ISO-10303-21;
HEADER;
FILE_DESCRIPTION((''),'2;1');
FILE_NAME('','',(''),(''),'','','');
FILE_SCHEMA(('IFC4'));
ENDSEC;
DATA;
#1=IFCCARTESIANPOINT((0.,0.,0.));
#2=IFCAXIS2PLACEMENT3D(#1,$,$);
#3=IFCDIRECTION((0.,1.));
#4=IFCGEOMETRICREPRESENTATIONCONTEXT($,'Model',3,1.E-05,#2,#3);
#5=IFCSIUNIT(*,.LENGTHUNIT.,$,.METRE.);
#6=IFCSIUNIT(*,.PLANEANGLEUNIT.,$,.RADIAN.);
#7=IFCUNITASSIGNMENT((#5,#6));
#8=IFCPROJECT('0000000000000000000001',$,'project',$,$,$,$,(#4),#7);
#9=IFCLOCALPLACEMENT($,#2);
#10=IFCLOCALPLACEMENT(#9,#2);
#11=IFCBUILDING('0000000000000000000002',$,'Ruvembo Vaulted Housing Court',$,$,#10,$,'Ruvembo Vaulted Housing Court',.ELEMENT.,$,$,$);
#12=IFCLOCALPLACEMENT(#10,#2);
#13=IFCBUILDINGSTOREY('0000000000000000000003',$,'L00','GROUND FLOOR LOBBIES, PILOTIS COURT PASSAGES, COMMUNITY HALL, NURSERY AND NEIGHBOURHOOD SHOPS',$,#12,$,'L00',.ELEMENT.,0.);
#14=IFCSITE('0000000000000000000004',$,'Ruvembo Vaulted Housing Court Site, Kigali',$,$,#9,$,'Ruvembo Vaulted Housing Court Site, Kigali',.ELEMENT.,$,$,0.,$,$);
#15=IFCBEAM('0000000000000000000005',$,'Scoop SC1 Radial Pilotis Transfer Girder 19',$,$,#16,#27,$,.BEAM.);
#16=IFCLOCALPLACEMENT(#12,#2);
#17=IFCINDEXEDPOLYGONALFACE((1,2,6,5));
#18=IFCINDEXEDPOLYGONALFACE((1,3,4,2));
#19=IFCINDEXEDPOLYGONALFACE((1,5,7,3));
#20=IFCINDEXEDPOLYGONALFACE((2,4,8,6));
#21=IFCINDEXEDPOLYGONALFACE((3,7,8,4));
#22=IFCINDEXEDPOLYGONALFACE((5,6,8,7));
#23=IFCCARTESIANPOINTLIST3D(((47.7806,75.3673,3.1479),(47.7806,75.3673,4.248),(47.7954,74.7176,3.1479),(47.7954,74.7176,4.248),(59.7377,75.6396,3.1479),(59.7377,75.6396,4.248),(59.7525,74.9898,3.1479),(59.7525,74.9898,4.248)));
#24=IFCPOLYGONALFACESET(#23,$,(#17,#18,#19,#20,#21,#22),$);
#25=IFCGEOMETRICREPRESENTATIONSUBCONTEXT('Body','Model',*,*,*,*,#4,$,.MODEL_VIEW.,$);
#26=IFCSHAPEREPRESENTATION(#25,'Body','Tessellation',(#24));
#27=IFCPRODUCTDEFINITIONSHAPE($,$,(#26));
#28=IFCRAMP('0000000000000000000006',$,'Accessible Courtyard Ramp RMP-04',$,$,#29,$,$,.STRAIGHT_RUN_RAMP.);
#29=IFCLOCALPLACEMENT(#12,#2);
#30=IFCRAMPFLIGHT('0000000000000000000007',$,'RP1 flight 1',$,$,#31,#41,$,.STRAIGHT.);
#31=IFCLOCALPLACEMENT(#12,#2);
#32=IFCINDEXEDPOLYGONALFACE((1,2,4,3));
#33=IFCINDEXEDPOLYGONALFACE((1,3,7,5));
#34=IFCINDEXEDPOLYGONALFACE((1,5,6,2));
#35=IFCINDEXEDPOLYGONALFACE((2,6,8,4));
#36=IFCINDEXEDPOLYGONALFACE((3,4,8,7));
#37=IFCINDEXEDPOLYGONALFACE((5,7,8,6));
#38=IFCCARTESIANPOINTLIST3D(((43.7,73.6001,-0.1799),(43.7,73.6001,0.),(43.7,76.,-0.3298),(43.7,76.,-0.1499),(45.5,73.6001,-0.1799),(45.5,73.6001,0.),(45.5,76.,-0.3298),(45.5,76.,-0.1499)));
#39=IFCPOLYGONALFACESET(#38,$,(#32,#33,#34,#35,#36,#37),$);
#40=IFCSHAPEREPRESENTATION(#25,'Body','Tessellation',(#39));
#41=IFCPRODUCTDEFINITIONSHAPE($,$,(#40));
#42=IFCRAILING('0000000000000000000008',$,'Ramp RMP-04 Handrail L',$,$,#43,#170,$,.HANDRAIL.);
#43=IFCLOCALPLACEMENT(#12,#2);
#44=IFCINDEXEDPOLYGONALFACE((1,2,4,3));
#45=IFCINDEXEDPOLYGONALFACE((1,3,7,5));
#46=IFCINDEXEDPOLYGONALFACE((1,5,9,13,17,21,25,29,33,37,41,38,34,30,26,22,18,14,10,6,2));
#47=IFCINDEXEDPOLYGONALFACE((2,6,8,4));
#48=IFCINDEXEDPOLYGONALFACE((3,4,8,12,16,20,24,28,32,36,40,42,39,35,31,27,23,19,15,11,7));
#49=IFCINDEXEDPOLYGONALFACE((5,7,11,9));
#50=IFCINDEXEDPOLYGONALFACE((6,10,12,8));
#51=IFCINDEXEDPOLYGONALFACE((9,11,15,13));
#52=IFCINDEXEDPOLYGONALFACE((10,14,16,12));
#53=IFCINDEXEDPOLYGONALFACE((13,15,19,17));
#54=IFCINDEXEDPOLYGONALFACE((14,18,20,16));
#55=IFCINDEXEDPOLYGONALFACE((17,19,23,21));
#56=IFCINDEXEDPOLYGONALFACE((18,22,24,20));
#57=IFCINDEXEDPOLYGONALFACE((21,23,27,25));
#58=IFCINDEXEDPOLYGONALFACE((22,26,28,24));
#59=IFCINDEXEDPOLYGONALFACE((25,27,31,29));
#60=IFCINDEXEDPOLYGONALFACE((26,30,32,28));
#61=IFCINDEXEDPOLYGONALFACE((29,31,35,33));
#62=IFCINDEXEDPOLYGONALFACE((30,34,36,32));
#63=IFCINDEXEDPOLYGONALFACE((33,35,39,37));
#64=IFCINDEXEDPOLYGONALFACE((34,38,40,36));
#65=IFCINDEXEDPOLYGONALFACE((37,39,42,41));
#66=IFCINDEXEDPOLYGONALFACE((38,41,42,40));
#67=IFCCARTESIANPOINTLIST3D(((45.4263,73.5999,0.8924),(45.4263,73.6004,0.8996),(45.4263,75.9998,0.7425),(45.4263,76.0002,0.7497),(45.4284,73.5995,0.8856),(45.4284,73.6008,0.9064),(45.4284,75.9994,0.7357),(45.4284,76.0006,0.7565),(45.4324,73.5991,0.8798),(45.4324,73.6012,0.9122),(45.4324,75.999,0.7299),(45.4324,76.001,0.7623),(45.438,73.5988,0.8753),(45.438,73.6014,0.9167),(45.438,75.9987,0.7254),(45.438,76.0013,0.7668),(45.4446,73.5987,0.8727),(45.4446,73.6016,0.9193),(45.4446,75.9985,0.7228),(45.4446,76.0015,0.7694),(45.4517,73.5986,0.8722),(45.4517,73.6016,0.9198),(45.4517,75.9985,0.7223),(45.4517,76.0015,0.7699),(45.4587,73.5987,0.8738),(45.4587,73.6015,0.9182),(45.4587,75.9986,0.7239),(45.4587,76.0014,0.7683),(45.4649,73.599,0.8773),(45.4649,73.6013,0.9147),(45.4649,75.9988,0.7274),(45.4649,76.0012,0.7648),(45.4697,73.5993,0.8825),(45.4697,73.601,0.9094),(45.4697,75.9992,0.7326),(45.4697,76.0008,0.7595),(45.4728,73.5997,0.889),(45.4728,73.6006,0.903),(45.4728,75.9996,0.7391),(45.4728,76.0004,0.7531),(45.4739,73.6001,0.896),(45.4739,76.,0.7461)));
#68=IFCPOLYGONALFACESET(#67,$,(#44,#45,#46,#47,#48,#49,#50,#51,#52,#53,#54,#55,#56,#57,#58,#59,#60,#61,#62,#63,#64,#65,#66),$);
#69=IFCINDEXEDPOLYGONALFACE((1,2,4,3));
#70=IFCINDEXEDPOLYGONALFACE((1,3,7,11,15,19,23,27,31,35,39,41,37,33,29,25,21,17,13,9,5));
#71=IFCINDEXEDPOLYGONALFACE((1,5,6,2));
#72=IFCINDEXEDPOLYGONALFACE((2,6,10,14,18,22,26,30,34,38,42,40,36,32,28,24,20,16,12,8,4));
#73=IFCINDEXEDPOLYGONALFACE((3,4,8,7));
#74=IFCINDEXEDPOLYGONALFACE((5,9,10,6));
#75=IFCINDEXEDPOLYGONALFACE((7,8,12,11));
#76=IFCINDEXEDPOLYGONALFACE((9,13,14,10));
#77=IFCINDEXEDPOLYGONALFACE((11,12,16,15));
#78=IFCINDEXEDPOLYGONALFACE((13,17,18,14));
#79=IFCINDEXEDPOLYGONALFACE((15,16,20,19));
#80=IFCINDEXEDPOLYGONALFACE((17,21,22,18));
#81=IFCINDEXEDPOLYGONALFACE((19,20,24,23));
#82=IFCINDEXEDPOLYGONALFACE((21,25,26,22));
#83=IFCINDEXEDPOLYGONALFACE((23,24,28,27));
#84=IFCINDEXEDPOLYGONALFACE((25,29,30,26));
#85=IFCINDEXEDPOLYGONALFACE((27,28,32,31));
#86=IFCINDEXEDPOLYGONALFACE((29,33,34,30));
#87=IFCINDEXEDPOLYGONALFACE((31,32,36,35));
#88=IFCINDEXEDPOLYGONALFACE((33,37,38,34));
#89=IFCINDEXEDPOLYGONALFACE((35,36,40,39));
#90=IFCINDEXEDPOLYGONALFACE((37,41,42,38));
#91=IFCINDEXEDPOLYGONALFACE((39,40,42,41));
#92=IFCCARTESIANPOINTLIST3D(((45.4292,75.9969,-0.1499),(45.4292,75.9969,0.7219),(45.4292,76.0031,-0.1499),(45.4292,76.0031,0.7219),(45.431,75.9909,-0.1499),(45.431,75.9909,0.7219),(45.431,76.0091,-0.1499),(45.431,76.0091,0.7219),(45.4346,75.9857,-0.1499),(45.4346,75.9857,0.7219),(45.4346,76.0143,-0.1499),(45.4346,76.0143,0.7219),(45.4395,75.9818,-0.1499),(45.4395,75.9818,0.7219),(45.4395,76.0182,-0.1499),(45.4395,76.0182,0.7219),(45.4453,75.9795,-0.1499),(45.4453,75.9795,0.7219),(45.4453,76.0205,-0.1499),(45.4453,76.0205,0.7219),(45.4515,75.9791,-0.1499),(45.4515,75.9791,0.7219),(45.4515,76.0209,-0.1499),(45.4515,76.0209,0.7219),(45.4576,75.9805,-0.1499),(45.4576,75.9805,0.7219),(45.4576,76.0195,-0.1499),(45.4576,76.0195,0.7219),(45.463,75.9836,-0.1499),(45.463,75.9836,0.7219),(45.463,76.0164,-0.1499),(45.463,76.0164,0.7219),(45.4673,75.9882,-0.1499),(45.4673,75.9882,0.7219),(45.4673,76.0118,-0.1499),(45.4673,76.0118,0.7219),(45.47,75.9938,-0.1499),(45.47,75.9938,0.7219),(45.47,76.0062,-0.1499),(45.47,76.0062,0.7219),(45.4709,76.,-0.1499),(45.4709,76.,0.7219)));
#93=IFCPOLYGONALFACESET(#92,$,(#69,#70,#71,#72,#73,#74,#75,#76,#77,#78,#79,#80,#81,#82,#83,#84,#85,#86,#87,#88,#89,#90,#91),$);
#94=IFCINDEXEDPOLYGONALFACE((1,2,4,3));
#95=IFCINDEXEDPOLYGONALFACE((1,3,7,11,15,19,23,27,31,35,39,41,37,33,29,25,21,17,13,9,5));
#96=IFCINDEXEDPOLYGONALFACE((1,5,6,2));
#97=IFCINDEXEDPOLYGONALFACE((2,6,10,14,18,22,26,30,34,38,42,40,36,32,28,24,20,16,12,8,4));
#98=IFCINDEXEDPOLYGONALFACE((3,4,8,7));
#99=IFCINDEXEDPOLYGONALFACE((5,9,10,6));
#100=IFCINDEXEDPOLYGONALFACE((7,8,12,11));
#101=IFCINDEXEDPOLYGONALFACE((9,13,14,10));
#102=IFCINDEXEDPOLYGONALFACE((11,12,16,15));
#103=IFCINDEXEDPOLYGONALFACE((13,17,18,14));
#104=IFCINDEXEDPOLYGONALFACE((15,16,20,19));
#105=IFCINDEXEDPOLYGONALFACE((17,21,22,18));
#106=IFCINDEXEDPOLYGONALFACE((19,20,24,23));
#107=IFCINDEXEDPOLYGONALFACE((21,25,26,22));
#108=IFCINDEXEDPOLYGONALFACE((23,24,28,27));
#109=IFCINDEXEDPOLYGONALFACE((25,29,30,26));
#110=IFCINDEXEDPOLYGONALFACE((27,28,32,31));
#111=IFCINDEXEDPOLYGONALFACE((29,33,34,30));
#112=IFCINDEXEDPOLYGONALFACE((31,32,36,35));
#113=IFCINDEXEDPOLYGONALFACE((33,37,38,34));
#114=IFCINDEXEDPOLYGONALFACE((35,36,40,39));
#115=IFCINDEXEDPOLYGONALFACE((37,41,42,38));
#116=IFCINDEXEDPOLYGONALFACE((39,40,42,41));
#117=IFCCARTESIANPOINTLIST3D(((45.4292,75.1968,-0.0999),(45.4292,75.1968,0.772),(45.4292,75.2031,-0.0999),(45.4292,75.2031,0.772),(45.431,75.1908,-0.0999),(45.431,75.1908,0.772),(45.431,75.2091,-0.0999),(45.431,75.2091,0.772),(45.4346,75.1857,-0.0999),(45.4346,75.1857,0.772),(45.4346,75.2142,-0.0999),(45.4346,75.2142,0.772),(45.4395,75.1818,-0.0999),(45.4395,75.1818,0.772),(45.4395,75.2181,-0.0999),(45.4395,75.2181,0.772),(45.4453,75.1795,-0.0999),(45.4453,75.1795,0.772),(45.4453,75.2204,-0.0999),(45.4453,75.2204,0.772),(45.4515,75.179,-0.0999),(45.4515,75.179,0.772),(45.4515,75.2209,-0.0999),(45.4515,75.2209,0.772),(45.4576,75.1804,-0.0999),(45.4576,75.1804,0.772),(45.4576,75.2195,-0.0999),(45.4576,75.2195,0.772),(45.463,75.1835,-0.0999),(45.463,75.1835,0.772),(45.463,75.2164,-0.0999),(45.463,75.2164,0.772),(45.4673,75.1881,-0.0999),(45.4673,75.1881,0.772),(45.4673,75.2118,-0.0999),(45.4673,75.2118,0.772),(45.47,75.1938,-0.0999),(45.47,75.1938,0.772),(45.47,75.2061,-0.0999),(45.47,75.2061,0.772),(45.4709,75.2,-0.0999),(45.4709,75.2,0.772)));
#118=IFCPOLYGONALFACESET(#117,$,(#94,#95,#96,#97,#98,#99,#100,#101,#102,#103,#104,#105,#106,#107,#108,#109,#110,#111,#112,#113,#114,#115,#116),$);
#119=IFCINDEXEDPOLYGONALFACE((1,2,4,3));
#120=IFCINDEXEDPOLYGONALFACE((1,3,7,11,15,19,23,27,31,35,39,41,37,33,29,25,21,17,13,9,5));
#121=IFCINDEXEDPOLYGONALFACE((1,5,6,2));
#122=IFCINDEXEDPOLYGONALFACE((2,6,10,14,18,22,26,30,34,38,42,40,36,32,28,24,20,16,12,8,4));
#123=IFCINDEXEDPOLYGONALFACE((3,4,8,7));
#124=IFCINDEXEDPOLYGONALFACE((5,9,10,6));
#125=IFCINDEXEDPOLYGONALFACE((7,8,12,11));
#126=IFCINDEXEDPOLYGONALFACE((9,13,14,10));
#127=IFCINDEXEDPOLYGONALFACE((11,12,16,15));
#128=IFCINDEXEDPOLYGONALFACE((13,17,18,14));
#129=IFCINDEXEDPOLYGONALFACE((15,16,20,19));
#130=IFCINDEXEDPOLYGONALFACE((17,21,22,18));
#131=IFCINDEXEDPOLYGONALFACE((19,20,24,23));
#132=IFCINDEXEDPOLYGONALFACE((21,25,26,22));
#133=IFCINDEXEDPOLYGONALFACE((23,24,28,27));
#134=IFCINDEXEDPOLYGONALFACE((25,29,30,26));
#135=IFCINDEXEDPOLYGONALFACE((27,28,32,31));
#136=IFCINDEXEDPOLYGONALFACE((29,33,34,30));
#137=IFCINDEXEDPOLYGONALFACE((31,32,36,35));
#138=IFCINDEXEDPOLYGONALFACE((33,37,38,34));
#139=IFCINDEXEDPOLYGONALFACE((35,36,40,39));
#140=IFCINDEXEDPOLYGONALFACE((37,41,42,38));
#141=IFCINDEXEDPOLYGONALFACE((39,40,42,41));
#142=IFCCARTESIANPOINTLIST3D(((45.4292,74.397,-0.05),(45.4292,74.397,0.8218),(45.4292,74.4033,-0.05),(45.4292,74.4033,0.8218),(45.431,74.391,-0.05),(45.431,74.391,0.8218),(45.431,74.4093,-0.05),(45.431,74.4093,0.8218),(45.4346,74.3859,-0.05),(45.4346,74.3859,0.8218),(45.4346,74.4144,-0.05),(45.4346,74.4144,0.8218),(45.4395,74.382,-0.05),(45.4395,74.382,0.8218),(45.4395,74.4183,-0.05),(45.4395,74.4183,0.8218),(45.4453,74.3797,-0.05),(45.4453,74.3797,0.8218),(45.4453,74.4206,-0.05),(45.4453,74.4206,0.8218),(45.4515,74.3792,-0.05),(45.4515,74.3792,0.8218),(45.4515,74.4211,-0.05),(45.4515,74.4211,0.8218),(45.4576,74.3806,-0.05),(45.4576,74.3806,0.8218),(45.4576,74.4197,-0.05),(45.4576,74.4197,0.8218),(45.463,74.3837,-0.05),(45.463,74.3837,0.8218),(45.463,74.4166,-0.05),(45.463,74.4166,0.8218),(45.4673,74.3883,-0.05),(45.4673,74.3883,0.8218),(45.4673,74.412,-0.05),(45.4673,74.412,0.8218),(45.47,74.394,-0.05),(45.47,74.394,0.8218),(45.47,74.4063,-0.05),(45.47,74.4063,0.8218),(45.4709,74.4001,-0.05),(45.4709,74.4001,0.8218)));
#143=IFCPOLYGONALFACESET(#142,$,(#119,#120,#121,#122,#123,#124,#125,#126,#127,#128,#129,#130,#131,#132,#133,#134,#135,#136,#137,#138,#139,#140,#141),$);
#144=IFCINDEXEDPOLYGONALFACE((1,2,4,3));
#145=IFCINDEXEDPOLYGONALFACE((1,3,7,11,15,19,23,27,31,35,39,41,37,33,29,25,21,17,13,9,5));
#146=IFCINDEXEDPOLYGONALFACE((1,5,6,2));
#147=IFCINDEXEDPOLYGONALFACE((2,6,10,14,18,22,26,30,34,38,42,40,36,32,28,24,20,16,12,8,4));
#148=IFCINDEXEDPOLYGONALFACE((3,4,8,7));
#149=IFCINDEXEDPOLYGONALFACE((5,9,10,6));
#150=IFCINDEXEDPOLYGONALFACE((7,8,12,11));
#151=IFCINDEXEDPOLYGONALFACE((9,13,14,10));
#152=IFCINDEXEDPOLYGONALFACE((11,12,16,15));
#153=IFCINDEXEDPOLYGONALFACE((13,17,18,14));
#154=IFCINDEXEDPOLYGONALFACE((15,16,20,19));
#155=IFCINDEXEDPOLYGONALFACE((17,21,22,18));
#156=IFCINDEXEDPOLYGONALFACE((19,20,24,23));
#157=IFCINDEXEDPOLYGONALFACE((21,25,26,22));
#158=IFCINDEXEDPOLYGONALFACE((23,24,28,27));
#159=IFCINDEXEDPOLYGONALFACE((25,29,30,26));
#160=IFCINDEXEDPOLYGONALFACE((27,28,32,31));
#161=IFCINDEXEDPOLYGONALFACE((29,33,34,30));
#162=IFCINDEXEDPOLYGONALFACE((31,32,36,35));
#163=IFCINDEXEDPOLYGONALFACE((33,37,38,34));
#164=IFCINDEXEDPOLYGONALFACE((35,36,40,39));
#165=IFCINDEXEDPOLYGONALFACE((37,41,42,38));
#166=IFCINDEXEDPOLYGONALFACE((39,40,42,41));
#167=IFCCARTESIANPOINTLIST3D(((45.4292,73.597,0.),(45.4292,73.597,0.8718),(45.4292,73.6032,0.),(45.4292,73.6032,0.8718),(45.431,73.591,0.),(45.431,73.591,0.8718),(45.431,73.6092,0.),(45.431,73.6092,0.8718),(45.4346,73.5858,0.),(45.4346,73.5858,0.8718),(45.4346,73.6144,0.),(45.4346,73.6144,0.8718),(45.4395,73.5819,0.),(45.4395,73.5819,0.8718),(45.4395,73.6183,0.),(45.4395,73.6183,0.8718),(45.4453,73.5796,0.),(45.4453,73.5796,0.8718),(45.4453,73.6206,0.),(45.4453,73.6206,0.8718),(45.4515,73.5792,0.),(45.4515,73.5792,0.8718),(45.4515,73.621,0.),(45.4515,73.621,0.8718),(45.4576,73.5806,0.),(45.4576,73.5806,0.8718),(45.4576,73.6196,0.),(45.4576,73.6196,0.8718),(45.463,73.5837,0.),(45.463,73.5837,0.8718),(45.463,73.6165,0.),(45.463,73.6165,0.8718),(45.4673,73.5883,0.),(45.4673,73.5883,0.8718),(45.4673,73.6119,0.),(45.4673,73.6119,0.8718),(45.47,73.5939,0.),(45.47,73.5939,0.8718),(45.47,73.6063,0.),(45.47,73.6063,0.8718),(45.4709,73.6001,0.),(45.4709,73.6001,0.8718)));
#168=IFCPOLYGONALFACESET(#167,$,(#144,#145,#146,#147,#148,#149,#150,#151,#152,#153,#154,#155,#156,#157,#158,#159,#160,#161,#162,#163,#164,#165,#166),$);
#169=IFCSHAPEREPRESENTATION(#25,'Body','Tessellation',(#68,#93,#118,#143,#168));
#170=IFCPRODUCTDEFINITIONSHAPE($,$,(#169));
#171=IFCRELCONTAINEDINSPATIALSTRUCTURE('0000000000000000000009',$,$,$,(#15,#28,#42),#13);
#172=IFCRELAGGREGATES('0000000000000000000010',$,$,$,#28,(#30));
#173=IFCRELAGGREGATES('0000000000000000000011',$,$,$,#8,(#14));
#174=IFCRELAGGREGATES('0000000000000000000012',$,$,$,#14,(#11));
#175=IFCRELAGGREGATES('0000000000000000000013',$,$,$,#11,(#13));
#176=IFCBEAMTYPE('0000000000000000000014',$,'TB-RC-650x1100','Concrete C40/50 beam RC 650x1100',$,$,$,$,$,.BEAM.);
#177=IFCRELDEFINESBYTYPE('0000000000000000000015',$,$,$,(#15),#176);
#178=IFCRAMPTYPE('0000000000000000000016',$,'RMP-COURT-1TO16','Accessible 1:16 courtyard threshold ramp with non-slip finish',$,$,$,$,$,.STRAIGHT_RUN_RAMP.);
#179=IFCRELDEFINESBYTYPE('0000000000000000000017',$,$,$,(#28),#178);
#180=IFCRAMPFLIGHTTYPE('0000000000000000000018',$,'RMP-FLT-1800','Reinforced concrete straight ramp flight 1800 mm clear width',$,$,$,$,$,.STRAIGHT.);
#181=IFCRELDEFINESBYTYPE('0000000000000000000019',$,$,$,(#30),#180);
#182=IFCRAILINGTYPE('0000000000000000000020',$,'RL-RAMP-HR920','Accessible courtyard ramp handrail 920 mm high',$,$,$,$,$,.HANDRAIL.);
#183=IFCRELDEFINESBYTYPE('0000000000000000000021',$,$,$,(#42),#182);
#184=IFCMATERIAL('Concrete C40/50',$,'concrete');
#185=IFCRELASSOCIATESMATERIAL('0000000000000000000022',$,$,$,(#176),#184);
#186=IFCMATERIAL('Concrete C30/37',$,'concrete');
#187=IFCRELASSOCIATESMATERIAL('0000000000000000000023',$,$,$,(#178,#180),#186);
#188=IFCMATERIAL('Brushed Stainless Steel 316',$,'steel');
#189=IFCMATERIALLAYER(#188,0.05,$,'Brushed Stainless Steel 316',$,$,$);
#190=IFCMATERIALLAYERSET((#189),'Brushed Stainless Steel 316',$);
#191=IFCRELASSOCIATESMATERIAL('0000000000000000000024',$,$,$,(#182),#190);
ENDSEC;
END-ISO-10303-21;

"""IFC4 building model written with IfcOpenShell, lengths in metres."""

from ifc_helpers import new_model, si_unit, direction, frame, origin, origin_2d, place, context, subcontext, project, spatial, polyline, rectangle, circle, outline, extrude, material, layer, layer_set, material_profile, profile_set, type_object, element, aggregate, save


model = new_model("IFC4")

# Units and contexts
model_context = context("Model", 3, precision=1e-05, world=origin(), true_north=direction((0.0, 1.0)))
body_context = subcontext(model_context, "Body", "Model", "MODEL_VIEW")
ifc_project = project(units=[si_unit("LENGTHUNIT", "METRE"), si_unit("PLANEANGLEUNIT", "RADIAN")], contexts=[model_context])

# Site, building, storey
site_placement = place(None, origin())
site = spatial("IfcSite", under=ifc_project, at=site_placement, Name="Ruvembo Vaulted Housing Court Site, Kigali", LongName="Ruvembo Vaulted Housing Court Site, Kigali", CompositionType="ELEMENT", RefElevation=0.0)
building_placement = place(site_placement, origin())
building = spatial("IfcBuilding", under=site, at=building_placement, Name="Ruvembo Vaulted Housing Court", LongName="Ruvembo Vaulted Housing Court", CompositionType="ELEMENT")
storey_placement = place(building_placement, origin())
storey = spatial("IfcBuildingStorey", under=building, at=storey_placement, Name="L00", Description="GROUND FLOOR LOBBIES, PILOTIS COURT PASSAGES, COMMUNITY HALL, NURSERY AND NEIGHBOURHOOD SHOPS", LongName="L00", CompositionType="ELEMENT", Elevation=0.0)

# Shared definitions
ifc_material_1 = material(Name="Concrete C40/50", Category="concrete")

# Beam
ifc_material_profile_1 = material_profile(ifc_material_1, rectangle(XDim=0.6499, YDim=1.1001, at=origin_2d()), Name="RC 650x1100")
ifc_profile_set_1 = profile_set([ifc_material_profile_1], Name="Concrete C40/50")
beam_type_1 = type_object("IfcBeamType", Name="TB-RC-650x1100", Description="Concrete C40/50 beam RC 650x1100", PredefinedType="BEAM", material=ifc_profile_set_1)
beam_1_placement = place(storey_placement, frame((59.7451, 75.3147, 3.698), z_axis=(-0.999741, -0.02276, 0.0), x_axis=(0.02276, -0.999741, 0.0)))
element("IfcBeam", 1, at=beam_1_placement, inside=storey, type_object=beam_type_1, Name="Scoop SC1 Radial Pilotis Transfer Girder 19", PredefinedType="BEAM", context=body_context, shape_type="SweptSolid", body=[
    extrude(rectangle(XDim=0.6499, YDim=1.1001, at=origin_2d()), origin(), (0.0, 0.0, 1.0), 11.9602),
])

# Ramp, ramp flight
ifc_material_2 = material(Name="Concrete C30/37", Category="concrete")
ramp_type = type_object("IfcRampType", Name="RMP-COURT-1TO16", Description="Accessible 1:16 courtyard threshold ramp with non-slip finish", PredefinedType="STRAIGHT_RUN_RAMP", material=ifc_material_2)
ramp_placement = place(storey_placement, origin())
ramp = element("IfcRamp", 2, at=ramp_placement, inside=storey, type_object=ramp_type, Name="Accessible Courtyard Ramp RMP-04", PredefinedType="STRAIGHT_RUN_RAMP")
ramp_flight_type = type_object("IfcRampFlightType", Name="RMP-FLT-1800", Description="Reinforced concrete straight ramp flight 1800 mm clear width", PredefinedType="STRAIGHT", material=ifc_material_2)
ramp_flight_placement = place(storey_placement, frame((44.6001, 76.0, -0.1499), z_axis=(0.0, 0.0, 1.0), x_axis=(0.0, -1.0, 0.0)))
ramp_flight = element("IfcRampFlight", 3, at=ramp_flight_placement, type_object=ramp_flight_type, Name="RP1 flight 1", PredefinedType="STRAIGHT", context=body_context, shape_type="SweptSolid", body=[
    extrude(outline(polyline([(0.0, 0.0), (2.3999, 0.1499), (2.3999, -0.03), (0.0, -0.1799), (0.0, 0.0)])), frame((0.0, 0.8999, 0.0), z_axis=(0.0, -1.0, 0.0), x_axis=(1.0, 0.0, 0.0)), (0.0, 0.0, 1.0), 1.8),
])
aggregate(ramp, [ramp_flight])

# Railing
ifc_material_3 = material(Name="Brushed Stainless Steel 316", Category="steel")
ifc_layer = layer(ifc_material_3, 0.05, Name="Brushed Stainless Steel 316")
ifc_layer_set = layer_set([ifc_layer], Name="Brushed Stainless Steel 316")
railing_type = type_object("IfcRailingType", Name="RL-RAMP-HR920", Description="Accessible courtyard ramp handrail 920 mm high", PredefinedType="HANDRAIL", material=ifc_layer_set)
for number, where, name in (
    (4, (45.45, 76.0, -0.1499), "Ramp RMP-04 Handrail L"),
):
    element("IfcRailing", number, at=place(storey_placement, frame(where)), inside=storey, type_object=railing_type, Name=name, PredefinedType="HANDRAIL", context=body_context, shape_type="SweptSolid", body=[
        extrude(circle(Radius=0.0239, at=origin_2d()), frame((0.0, 0.0, 0.896), z_axis=(0.0, -0.998055, 0.06234), x_axis=(1.0, 0.0, 0.0)), (0.0, 0.0, 1.0), 2.4045),
        extrude(circle(Radius=0.021, at=origin_2d()), origin(), (0.0, 0.0, 1.0), 0.8718),
        extrude(circle(Radius=0.021, at=origin_2d()), frame((0.0, -0.8, 0.05)), (0.0, 0.0, 1.0), 0.8718),
        extrude(circle(Radius=0.021, at=origin_2d()), frame((0.0, -1.5999, 0.0999)), (0.0, 0.0, 1.0), 0.8718),
        extrude(circle(Radius=0.021, at=origin_2d()), frame((0.0, -2.3999, 0.1499)), (0.0, 0.0, 1.0), 0.8718),
    ])

save(model, "model.ifc")
